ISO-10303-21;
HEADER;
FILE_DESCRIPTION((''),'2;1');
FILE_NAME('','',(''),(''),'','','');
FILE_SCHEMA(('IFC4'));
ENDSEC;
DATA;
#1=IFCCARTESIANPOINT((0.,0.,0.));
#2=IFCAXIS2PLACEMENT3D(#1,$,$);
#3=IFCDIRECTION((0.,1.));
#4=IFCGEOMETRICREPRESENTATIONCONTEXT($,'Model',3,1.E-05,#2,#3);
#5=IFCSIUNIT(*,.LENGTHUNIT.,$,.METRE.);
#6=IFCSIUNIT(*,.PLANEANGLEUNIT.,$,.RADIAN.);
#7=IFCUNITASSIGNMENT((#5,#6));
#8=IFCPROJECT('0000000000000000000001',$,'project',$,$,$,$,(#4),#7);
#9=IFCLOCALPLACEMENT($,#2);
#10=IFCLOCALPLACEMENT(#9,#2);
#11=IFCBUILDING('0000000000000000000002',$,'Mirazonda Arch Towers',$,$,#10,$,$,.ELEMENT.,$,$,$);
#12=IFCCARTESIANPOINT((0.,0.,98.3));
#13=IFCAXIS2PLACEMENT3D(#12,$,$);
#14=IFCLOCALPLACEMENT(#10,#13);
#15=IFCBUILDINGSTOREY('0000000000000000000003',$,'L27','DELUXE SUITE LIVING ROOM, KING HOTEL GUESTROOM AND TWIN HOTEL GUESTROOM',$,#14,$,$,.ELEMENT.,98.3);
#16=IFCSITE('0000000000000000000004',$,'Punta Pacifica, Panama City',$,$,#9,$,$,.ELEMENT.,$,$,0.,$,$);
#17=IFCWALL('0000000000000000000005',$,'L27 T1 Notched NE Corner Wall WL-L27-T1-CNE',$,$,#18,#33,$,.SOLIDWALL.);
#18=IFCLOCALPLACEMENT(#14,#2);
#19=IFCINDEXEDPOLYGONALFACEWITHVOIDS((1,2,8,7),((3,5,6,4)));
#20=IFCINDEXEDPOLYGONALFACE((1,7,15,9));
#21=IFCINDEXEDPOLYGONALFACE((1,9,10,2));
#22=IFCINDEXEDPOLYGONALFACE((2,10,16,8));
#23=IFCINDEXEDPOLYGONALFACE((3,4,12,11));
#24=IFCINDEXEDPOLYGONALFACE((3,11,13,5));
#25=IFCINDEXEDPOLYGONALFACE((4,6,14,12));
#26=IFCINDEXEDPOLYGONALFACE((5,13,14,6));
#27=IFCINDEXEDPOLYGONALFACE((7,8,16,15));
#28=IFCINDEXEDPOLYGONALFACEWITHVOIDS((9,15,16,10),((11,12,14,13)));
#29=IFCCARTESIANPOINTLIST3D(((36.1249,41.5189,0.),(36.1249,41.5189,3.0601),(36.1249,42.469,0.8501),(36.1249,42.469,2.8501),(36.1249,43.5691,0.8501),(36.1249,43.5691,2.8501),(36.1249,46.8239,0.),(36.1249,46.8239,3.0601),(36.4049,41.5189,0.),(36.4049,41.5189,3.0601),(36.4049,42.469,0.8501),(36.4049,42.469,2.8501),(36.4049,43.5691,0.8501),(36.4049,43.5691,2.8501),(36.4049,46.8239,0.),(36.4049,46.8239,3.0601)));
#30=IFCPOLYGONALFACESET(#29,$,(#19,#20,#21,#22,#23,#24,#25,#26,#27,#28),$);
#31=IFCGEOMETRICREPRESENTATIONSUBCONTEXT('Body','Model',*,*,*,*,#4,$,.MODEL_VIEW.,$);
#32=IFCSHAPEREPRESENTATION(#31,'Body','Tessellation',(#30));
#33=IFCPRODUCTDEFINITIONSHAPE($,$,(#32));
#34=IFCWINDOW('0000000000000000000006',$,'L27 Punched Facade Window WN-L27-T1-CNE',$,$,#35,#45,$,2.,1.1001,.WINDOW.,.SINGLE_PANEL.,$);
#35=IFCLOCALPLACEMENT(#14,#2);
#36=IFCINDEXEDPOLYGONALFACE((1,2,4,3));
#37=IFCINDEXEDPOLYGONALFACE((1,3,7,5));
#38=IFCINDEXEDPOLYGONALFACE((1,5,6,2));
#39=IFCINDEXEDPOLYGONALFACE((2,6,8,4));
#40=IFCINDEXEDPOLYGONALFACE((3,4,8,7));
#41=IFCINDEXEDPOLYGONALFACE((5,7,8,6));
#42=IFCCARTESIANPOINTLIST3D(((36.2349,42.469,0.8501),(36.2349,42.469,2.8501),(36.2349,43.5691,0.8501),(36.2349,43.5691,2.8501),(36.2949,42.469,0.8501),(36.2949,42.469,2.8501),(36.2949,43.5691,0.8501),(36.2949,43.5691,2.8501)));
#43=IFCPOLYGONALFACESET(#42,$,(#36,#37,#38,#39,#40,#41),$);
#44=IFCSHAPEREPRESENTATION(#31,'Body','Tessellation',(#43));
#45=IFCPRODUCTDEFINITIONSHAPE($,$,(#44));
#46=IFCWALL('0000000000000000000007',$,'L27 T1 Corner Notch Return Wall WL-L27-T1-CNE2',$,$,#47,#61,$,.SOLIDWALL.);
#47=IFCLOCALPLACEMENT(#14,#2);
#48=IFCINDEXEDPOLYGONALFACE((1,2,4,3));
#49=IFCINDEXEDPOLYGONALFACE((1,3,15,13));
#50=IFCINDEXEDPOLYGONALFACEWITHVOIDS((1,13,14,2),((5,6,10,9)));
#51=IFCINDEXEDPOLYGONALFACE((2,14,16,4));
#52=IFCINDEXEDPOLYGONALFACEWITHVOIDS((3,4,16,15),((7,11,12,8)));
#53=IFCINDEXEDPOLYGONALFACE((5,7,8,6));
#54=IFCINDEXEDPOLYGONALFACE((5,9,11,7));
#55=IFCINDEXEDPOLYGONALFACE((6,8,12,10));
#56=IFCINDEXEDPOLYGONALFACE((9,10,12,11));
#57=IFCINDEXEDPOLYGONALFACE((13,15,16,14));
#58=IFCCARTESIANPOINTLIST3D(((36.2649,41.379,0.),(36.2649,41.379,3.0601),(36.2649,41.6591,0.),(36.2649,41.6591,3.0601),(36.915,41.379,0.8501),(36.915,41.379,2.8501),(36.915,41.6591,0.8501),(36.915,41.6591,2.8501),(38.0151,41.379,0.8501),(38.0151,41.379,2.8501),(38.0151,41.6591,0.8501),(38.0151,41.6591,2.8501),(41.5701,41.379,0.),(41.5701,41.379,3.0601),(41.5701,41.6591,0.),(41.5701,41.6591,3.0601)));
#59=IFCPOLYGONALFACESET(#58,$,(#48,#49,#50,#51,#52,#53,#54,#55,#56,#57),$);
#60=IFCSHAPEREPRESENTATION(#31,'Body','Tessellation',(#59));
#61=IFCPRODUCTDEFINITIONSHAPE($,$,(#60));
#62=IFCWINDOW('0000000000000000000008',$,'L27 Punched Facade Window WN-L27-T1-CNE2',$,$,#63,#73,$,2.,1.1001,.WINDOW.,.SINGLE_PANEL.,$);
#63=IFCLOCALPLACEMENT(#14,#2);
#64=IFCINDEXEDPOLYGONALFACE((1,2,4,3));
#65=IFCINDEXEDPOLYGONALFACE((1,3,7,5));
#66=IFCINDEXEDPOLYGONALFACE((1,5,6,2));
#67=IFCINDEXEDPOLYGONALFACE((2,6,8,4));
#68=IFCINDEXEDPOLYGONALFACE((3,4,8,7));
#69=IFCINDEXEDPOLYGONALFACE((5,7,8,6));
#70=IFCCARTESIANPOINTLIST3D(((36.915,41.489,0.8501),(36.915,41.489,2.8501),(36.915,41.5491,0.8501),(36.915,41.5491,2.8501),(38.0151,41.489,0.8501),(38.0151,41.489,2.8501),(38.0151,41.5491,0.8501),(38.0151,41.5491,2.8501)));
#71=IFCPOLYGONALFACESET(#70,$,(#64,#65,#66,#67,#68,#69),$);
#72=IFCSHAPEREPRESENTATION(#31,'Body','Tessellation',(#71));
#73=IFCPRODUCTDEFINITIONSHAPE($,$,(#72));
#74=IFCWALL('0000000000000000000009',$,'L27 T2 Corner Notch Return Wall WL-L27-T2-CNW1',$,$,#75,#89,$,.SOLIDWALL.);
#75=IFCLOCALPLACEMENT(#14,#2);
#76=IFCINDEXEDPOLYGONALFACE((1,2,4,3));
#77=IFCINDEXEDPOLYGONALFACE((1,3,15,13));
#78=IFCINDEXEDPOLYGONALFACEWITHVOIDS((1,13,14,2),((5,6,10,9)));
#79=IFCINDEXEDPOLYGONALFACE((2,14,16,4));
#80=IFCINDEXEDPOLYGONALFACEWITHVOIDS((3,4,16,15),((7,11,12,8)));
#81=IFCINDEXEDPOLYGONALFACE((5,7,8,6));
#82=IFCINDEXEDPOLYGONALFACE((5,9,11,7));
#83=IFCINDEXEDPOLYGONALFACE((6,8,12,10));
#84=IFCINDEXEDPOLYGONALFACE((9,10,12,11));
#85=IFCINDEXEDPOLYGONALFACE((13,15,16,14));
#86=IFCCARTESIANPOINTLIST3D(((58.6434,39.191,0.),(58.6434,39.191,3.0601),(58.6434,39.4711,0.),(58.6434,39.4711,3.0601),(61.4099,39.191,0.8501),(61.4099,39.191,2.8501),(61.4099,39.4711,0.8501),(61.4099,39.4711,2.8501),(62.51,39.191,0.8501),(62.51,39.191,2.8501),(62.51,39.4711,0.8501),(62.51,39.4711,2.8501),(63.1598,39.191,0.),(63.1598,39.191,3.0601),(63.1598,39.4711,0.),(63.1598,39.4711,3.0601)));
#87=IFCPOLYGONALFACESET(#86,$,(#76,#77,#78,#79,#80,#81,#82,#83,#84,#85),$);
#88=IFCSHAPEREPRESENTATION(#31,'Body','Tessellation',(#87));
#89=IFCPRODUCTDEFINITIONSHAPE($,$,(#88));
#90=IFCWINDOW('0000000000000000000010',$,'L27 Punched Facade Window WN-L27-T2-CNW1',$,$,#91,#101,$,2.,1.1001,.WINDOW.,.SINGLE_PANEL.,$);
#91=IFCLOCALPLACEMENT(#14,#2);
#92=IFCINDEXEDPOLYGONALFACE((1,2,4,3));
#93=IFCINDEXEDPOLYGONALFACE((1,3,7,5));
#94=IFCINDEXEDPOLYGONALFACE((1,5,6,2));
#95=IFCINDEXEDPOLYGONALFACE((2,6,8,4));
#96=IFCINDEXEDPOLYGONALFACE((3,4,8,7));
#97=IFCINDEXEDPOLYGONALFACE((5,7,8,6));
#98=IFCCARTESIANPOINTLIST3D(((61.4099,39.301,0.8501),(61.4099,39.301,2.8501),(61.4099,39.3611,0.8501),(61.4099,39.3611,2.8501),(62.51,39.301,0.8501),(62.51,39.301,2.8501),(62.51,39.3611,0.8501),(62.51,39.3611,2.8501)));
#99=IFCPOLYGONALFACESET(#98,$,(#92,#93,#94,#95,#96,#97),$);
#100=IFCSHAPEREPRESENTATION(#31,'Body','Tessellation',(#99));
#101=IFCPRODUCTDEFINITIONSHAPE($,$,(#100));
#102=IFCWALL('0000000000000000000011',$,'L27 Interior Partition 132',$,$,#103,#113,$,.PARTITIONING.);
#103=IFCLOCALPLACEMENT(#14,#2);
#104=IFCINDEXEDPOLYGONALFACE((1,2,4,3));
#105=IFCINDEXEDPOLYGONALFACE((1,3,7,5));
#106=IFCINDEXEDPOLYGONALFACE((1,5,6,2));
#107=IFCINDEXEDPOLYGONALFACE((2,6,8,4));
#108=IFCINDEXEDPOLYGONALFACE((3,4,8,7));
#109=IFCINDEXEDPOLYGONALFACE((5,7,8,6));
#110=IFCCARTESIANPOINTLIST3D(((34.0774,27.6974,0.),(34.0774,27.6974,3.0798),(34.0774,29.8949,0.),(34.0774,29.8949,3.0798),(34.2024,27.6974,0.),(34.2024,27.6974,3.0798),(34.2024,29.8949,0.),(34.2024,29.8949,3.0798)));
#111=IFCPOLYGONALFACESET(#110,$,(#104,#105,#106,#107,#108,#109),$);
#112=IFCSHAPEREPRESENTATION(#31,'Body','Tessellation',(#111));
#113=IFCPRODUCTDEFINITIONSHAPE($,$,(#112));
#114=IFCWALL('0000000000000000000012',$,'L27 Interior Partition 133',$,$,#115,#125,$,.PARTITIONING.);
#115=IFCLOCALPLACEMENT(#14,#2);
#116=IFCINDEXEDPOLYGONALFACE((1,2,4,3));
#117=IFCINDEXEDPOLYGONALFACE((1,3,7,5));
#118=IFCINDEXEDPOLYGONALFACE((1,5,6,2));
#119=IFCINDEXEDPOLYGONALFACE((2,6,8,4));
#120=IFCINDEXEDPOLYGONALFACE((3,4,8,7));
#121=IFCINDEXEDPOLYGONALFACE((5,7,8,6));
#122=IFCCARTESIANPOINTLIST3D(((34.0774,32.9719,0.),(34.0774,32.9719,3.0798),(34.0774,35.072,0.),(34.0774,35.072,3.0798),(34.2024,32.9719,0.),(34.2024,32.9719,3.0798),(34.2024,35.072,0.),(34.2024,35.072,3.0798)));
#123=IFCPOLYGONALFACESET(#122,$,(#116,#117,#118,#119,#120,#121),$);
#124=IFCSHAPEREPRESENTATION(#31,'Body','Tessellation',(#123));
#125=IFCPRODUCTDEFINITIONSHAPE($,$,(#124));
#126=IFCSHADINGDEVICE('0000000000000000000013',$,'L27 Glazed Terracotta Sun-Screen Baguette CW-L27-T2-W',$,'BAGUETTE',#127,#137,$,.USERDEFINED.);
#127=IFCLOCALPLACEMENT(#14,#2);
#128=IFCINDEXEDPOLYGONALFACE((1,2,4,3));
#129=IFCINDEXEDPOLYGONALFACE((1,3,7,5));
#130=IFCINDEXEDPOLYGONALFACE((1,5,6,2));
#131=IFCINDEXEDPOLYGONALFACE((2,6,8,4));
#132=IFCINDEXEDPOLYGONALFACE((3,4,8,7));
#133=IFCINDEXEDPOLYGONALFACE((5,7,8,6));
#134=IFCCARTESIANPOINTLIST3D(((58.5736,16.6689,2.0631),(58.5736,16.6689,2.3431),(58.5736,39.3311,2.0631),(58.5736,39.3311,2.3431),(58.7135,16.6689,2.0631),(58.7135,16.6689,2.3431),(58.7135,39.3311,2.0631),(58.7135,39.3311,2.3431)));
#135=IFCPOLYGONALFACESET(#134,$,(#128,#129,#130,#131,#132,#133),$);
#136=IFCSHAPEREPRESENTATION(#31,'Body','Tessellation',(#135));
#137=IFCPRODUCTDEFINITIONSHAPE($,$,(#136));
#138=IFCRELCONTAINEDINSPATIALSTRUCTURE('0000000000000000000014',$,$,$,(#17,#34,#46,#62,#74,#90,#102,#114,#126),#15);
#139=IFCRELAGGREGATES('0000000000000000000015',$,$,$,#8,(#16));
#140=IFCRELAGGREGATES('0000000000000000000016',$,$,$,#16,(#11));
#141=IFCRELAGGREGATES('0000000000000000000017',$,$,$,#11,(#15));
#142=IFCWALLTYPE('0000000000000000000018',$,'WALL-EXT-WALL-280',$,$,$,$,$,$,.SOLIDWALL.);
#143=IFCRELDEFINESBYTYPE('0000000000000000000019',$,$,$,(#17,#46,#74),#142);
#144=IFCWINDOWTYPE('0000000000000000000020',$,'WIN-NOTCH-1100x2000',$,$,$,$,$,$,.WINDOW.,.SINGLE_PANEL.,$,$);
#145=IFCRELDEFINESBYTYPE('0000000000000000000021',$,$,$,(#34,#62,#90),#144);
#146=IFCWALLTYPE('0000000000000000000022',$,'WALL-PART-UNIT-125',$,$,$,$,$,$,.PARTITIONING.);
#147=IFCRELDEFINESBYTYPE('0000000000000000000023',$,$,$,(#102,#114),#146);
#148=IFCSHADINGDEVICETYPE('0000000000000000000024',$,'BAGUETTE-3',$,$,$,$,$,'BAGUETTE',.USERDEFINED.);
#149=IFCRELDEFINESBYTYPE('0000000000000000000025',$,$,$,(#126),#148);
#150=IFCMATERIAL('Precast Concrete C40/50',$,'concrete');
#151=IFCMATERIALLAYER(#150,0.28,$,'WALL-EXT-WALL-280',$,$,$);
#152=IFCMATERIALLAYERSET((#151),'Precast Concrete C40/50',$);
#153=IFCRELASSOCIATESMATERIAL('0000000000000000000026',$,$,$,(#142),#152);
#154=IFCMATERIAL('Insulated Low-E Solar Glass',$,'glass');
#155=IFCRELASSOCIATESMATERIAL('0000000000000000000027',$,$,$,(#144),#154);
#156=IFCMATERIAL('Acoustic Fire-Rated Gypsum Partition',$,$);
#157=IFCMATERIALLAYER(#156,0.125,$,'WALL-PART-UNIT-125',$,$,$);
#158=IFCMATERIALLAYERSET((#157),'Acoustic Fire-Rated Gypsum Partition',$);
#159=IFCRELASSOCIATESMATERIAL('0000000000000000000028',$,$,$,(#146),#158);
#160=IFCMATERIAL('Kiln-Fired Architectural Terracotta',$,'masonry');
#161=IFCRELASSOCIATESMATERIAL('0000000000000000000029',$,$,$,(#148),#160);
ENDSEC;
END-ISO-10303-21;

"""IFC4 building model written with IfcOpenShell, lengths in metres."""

from ifc_helpers import new_model, si_unit, direction, frame, frame_2d, origin, origin_2d, place, context, subcontext, project, spatial, rectangle, extrude, material, layer, layer_set, material_profile, profile_set, type_object, element, fill, save


model = new_model("IFC4")

# Units and contexts
model_context = context("Model", 3, precision=1e-05, world=origin(), true_north=direction((0.0, 1.0)))
body_context = subcontext(model_context, "Body", "Model", "MODEL_VIEW")
ifc_project = project(units=[si_unit("LENGTHUNIT", "METRE"), si_unit("PLANEANGLEUNIT", "RADIAN")], contexts=[model_context])

# Site, building, storey
site_placement = place(None, origin())
site = spatial("IfcSite", under=ifc_project, at=site_placement, Name="Punta Pacifica, Panama City", CompositionType="ELEMENT", RefElevation=0.0)
building_placement = place(site_placement, origin())
building = spatial("IfcBuilding", under=site, at=building_placement, Name="Mirazonda Arch Towers", CompositionType="ELEMENT")
storey_placement = place(building_placement, frame((0.0, 0.0, 98.3)))
storey = spatial("IfcBuildingStorey", under=building, at=storey_placement, Name="L27", Description="DELUXE SUITE LIVING ROOM, KING HOTEL GUESTROOM AND TWIN HOTEL GUESTROOM", CompositionType="ELEMENT", Elevation=98.3)

# Shared definitions
ifc_material_1 = material(Name="Insulated Low-E Solar Glass", Category="glass")

# Walls, openings, windows
ifc_material_2 = material(Name="Precast Concrete C40/50", Category="concrete")
ifc_layer_1 = layer(ifc_material_2, 0.28, Name="WALL-EXT-WALL-280")
ifc_layer_set_1 = layer_set([ifc_layer_1], Name="Precast Concrete C40/50")
wall_type_1 = type_object("IfcWallType", Name="WALL-EXT-WALL-280", PredefinedType="SOLIDWALL", material=ifc_layer_set_1)
wall_1_placement = place(storey_placement, frame((36.2649, 41.519, 0.0), z_axis=(0.0, 0.0, 1.0), x_axis=(0.0, 1.0, 0.0)))
wall_1 = element("IfcWall", 1, at=wall_1_placement, inside=storey, type_object=wall_type_1, Name="L27 T1 Notched NE Corner Wall WL-L27-T1-CNE", PredefinedType="SOLIDWALL", context=body_context, shape_type="SweptSolid", body=[
    extrude(rectangle(XDim=5.3049, YDim=0.28, at=frame_2d((2.6523, 0.0))), origin(), (0.0, 0.0, 1.0), 3.0601),
])
opening_1_placement = place(wall_1_placement, frame((0.95, 0.0, 0.8501)))
opening_1 = element("IfcOpeningElement", 2, at=opening_1_placement, cuts=wall_1, PredefinedType="OPENING", context=body_context, shape_type="SweptSolid", body=[
    extrude(rectangle(XDim=1.1001, YDim=2.0, at=frame_2d((0.55, 1.0))), frame((0.0, 0.1499, 0.0), z_axis=(0.0, -1.0, 0.0), x_axis=(1.0, 0.0, 0.0)), (0.0, 0.0, 1.0), 0.3),
])
window_type = type_object("IfcWindowType", Name="WIN-NOTCH-1100x2000", PartitioningType="SINGLE_PANEL", PredefinedType="WINDOW", material=ifc_material_1)
window_1_placement = place(opening_1_placement, origin())
window_1 = element("IfcWindow", 3, at=window_1_placement, inside=storey, type_object=window_type, Name="L27 Punched Facade Window WN-L27-T1-CNE", OverallHeight=2.0, OverallWidth=1.1001, PartitioningType="SINGLE_PANEL", PredefinedType="WINDOW", context=body_context, shape_type="SweptSolid", body=[
    extrude(rectangle(XDim=1.1001, YDim=2.0, at=frame_2d((0.55, 1.0))), frame((0.0, 0.03, 0.0), z_axis=(0.0, -1.0, 0.0), x_axis=(1.0, 0.0, 0.0)), (0.0, 0.0, 1.0), 0.0601),
])
fill(opening_1, window_1)
wall_2_placement = place(storey_placement, frame((41.5701, 41.519, 0.0), z_axis=(0.0, 0.0, 1.0), x_axis=(-1.0, 0.0, 0.0)))
wall_2 = element("IfcWall", 4, at=wall_2_placement, inside=storey, type_object=wall_type_1, Name="L27 T1 Corner Notch Return Wall WL-L27-T1-CNE2", PredefinedType="SOLIDWALL", context=body_context, shape_type="SweptSolid", body=[
    extrude(rectangle(XDim=5.3052, YDim=0.28, at=frame_2d((2.6526, 0.0))), origin(), (0.0, 0.0, 1.0), 3.0601),
])
opening_2_placement = place(wall_2_placement, frame((3.5549, 0.0, 0.8501)))
opening_2 = element("IfcOpeningElement", 5, at=opening_2_placement, cuts=wall_2, PredefinedType="OPENING", context=body_context, shape_type="SweptSolid", body=[
    extrude(rectangle(XDim=1.1001, YDim=2.0, at=frame_2d((0.55, 1.0))), frame((0.0, 0.1499, 0.0), z_axis=(0.0, -1.0, 0.0), x_axis=(1.0, 0.0, 0.0)), (0.0, 0.0, 1.0), 0.3),
])
window_2_placement = place(opening_2_placement, origin())
window_2 = element("IfcWindow", 6, at=window_2_placement, inside=storey, type_object=window_type, Name="L27 Punched Facade Window WN-L27-T1-CNE2", OverallHeight=2.0, OverallWidth=1.1001, PartitioningType="SINGLE_PANEL", PredefinedType="WINDOW", context=body_context, shape_type="SweptSolid", body=[
    extrude(rectangle(XDim=1.1001, YDim=2.0, at=frame_2d((0.55, 1.0))), frame((0.0, 0.03, 0.0), z_axis=(0.0, -1.0, 0.0), x_axis=(1.0, 0.0, 0.0)), (0.0, 0.0, 1.0), 0.0601),
])
fill(opening_2, window_2)
wall_3_placement = place(storey_placement, frame((63.1599, 39.3311, 0.0), z_axis=(0.0, 0.0, 1.0), x_axis=(-1.0, 0.0, 0.0)))
wall_3 = element("IfcWall", 7, at=wall_3_placement, inside=storey, type_object=wall_type_1, Name="L27 T2 Corner Notch Return Wall WL-L27-T2-CNW1", PredefinedType="SOLIDWALL", context=body_context, shape_type="SweptSolid", body=[
    extrude(rectangle(XDim=4.5164, YDim=0.28, at=frame_2d((2.2583, 0.0))), origin(), (0.0, 0.0, 1.0), 3.0601),
])
opening_3_placement = place(wall_3_placement, frame((0.6499, 0.0, 0.8501)))
opening_3 = element("IfcOpeningElement", 8, at=opening_3_placement, cuts=wall_3, PredefinedType="OPENING", context=body_context, shape_type="SweptSolid", body=[
    extrude(rectangle(XDim=1.1001, YDim=2.0, at=frame_2d((0.55, 1.0))), frame((0.0, 0.1499, 0.0), z_axis=(0.0, -1.0, 0.0), x_axis=(1.0, 0.0, 0.0)), (0.0, 0.0, 1.0), 0.3),
])
window_3_placement = place(opening_3_placement, origin())
window_3 = element("IfcWindow", 9, at=window_3_placement, inside=storey, type_object=window_type, Name="L27 Punched Facade Window WN-L27-T2-CNW1", OverallHeight=2.0, OverallWidth=1.1001, PartitioningType="SINGLE_PANEL", PredefinedType="WINDOW", context=body_context, shape_type="SweptSolid", body=[
    extrude(rectangle(XDim=1.1001, YDim=2.0, at=frame_2d((0.55, 1.0))), frame((0.0, 0.03, 0.0), z_axis=(0.0, -1.0, 0.0), x_axis=(1.0, 0.0, 0.0)), (0.0, 0.0, 1.0), 0.0601),
])
fill(opening_3, window_3)

# Walls
ifc_material_3 = material(Name="Acoustic Fire-Rated Gypsum Partition")
ifc_layer_2 = layer(ifc_material_3, 0.125, Name="WALL-PART-UNIT-125")
ifc_layer_set_2 = layer_set([ifc_layer_2], Name="Acoustic Fire-Rated Gypsum Partition")
wall_type_2 = type_object("IfcWallType", Name="WALL-PART-UNIT-125", PredefinedType="PARTITIONING", material=ifc_layer_set_2)
wall_4_placement = place(storey_placement, frame((34.1399, 27.6975, 0.0), z_axis=(0.0, 0.0, 1.0), x_axis=(0.0, 1.0, 0.0)))
element("IfcWall", 10, at=wall_4_placement, inside=storey, type_object=wall_type_2, Name="L27 Interior Partition 132", PredefinedType="PARTITIONING", context=body_context, shape_type="SweptSolid", body=[
    extrude(rectangle(XDim=2.1975, YDim=0.125, at=frame_2d((1.0986, 0.0))), origin(), (0.0, 0.0, 1.0), 3.0798),
])
wall_5_placement = place(storey_placement, frame((34.1399, 32.9719, 0.0), z_axis=(0.0, 0.0, 1.0), x_axis=(0.0, 1.0, 0.0)))
element("IfcWall", 11, at=wall_5_placement, inside=storey, type_object=wall_type_2, Name="L27 Interior Partition 133", PredefinedType="PARTITIONING", context=body_context, shape_type="SweptSolid", body=[
    extrude(rectangle(XDim=2.1001, YDim=0.125, at=frame_2d((1.05, 0.0))), origin(), (0.0, 0.0, 1.0), 3.0798),
])

# Shading device
ifc_material_4 = material(Name="Kiln-Fired Architectural Terracotta", Category="masonry")
ifc_material_profile_1 = material_profile(ifc_material_4, rectangle(XDim=0.1399, YDim=0.28, at=origin_2d()), Name="TERRA-BAG-140x280")
ifc_profile_set_1 = profile_set([ifc_material_profile_1], Name="Kiln-Fired Architectural Terracotta")
shading_device_type = type_object("IfcShadingDeviceType", Name="BAGUETTE-3", ElementType="BAGUETTE", PredefinedType="USERDEFINED", material=ifc_profile_set_1)
shading_device_placement = place(storey_placement, frame((58.6436, 39.3311, 2.2031), z_axis=(0.0, -1.0, 0.0), x_axis=(1.0, 0.0, 0.0)))
element("IfcShadingDevice", 12, at=shading_device_placement, inside=storey, type_object=shading_device_type, Name="L27 Glazed Terracotta Sun-Screen Baguette CW-L27-T2-W", ObjectType="BAGUETTE", PredefinedType="USERDEFINED", context=body_context, shape_type="SweptSolid", body=[
    extrude(rectangle(XDim=0.1399, YDim=0.28, at=origin_2d()), origin(), (0.0, 0.0, 1.0), 22.6621),
])

save(model, "model.ifc")
